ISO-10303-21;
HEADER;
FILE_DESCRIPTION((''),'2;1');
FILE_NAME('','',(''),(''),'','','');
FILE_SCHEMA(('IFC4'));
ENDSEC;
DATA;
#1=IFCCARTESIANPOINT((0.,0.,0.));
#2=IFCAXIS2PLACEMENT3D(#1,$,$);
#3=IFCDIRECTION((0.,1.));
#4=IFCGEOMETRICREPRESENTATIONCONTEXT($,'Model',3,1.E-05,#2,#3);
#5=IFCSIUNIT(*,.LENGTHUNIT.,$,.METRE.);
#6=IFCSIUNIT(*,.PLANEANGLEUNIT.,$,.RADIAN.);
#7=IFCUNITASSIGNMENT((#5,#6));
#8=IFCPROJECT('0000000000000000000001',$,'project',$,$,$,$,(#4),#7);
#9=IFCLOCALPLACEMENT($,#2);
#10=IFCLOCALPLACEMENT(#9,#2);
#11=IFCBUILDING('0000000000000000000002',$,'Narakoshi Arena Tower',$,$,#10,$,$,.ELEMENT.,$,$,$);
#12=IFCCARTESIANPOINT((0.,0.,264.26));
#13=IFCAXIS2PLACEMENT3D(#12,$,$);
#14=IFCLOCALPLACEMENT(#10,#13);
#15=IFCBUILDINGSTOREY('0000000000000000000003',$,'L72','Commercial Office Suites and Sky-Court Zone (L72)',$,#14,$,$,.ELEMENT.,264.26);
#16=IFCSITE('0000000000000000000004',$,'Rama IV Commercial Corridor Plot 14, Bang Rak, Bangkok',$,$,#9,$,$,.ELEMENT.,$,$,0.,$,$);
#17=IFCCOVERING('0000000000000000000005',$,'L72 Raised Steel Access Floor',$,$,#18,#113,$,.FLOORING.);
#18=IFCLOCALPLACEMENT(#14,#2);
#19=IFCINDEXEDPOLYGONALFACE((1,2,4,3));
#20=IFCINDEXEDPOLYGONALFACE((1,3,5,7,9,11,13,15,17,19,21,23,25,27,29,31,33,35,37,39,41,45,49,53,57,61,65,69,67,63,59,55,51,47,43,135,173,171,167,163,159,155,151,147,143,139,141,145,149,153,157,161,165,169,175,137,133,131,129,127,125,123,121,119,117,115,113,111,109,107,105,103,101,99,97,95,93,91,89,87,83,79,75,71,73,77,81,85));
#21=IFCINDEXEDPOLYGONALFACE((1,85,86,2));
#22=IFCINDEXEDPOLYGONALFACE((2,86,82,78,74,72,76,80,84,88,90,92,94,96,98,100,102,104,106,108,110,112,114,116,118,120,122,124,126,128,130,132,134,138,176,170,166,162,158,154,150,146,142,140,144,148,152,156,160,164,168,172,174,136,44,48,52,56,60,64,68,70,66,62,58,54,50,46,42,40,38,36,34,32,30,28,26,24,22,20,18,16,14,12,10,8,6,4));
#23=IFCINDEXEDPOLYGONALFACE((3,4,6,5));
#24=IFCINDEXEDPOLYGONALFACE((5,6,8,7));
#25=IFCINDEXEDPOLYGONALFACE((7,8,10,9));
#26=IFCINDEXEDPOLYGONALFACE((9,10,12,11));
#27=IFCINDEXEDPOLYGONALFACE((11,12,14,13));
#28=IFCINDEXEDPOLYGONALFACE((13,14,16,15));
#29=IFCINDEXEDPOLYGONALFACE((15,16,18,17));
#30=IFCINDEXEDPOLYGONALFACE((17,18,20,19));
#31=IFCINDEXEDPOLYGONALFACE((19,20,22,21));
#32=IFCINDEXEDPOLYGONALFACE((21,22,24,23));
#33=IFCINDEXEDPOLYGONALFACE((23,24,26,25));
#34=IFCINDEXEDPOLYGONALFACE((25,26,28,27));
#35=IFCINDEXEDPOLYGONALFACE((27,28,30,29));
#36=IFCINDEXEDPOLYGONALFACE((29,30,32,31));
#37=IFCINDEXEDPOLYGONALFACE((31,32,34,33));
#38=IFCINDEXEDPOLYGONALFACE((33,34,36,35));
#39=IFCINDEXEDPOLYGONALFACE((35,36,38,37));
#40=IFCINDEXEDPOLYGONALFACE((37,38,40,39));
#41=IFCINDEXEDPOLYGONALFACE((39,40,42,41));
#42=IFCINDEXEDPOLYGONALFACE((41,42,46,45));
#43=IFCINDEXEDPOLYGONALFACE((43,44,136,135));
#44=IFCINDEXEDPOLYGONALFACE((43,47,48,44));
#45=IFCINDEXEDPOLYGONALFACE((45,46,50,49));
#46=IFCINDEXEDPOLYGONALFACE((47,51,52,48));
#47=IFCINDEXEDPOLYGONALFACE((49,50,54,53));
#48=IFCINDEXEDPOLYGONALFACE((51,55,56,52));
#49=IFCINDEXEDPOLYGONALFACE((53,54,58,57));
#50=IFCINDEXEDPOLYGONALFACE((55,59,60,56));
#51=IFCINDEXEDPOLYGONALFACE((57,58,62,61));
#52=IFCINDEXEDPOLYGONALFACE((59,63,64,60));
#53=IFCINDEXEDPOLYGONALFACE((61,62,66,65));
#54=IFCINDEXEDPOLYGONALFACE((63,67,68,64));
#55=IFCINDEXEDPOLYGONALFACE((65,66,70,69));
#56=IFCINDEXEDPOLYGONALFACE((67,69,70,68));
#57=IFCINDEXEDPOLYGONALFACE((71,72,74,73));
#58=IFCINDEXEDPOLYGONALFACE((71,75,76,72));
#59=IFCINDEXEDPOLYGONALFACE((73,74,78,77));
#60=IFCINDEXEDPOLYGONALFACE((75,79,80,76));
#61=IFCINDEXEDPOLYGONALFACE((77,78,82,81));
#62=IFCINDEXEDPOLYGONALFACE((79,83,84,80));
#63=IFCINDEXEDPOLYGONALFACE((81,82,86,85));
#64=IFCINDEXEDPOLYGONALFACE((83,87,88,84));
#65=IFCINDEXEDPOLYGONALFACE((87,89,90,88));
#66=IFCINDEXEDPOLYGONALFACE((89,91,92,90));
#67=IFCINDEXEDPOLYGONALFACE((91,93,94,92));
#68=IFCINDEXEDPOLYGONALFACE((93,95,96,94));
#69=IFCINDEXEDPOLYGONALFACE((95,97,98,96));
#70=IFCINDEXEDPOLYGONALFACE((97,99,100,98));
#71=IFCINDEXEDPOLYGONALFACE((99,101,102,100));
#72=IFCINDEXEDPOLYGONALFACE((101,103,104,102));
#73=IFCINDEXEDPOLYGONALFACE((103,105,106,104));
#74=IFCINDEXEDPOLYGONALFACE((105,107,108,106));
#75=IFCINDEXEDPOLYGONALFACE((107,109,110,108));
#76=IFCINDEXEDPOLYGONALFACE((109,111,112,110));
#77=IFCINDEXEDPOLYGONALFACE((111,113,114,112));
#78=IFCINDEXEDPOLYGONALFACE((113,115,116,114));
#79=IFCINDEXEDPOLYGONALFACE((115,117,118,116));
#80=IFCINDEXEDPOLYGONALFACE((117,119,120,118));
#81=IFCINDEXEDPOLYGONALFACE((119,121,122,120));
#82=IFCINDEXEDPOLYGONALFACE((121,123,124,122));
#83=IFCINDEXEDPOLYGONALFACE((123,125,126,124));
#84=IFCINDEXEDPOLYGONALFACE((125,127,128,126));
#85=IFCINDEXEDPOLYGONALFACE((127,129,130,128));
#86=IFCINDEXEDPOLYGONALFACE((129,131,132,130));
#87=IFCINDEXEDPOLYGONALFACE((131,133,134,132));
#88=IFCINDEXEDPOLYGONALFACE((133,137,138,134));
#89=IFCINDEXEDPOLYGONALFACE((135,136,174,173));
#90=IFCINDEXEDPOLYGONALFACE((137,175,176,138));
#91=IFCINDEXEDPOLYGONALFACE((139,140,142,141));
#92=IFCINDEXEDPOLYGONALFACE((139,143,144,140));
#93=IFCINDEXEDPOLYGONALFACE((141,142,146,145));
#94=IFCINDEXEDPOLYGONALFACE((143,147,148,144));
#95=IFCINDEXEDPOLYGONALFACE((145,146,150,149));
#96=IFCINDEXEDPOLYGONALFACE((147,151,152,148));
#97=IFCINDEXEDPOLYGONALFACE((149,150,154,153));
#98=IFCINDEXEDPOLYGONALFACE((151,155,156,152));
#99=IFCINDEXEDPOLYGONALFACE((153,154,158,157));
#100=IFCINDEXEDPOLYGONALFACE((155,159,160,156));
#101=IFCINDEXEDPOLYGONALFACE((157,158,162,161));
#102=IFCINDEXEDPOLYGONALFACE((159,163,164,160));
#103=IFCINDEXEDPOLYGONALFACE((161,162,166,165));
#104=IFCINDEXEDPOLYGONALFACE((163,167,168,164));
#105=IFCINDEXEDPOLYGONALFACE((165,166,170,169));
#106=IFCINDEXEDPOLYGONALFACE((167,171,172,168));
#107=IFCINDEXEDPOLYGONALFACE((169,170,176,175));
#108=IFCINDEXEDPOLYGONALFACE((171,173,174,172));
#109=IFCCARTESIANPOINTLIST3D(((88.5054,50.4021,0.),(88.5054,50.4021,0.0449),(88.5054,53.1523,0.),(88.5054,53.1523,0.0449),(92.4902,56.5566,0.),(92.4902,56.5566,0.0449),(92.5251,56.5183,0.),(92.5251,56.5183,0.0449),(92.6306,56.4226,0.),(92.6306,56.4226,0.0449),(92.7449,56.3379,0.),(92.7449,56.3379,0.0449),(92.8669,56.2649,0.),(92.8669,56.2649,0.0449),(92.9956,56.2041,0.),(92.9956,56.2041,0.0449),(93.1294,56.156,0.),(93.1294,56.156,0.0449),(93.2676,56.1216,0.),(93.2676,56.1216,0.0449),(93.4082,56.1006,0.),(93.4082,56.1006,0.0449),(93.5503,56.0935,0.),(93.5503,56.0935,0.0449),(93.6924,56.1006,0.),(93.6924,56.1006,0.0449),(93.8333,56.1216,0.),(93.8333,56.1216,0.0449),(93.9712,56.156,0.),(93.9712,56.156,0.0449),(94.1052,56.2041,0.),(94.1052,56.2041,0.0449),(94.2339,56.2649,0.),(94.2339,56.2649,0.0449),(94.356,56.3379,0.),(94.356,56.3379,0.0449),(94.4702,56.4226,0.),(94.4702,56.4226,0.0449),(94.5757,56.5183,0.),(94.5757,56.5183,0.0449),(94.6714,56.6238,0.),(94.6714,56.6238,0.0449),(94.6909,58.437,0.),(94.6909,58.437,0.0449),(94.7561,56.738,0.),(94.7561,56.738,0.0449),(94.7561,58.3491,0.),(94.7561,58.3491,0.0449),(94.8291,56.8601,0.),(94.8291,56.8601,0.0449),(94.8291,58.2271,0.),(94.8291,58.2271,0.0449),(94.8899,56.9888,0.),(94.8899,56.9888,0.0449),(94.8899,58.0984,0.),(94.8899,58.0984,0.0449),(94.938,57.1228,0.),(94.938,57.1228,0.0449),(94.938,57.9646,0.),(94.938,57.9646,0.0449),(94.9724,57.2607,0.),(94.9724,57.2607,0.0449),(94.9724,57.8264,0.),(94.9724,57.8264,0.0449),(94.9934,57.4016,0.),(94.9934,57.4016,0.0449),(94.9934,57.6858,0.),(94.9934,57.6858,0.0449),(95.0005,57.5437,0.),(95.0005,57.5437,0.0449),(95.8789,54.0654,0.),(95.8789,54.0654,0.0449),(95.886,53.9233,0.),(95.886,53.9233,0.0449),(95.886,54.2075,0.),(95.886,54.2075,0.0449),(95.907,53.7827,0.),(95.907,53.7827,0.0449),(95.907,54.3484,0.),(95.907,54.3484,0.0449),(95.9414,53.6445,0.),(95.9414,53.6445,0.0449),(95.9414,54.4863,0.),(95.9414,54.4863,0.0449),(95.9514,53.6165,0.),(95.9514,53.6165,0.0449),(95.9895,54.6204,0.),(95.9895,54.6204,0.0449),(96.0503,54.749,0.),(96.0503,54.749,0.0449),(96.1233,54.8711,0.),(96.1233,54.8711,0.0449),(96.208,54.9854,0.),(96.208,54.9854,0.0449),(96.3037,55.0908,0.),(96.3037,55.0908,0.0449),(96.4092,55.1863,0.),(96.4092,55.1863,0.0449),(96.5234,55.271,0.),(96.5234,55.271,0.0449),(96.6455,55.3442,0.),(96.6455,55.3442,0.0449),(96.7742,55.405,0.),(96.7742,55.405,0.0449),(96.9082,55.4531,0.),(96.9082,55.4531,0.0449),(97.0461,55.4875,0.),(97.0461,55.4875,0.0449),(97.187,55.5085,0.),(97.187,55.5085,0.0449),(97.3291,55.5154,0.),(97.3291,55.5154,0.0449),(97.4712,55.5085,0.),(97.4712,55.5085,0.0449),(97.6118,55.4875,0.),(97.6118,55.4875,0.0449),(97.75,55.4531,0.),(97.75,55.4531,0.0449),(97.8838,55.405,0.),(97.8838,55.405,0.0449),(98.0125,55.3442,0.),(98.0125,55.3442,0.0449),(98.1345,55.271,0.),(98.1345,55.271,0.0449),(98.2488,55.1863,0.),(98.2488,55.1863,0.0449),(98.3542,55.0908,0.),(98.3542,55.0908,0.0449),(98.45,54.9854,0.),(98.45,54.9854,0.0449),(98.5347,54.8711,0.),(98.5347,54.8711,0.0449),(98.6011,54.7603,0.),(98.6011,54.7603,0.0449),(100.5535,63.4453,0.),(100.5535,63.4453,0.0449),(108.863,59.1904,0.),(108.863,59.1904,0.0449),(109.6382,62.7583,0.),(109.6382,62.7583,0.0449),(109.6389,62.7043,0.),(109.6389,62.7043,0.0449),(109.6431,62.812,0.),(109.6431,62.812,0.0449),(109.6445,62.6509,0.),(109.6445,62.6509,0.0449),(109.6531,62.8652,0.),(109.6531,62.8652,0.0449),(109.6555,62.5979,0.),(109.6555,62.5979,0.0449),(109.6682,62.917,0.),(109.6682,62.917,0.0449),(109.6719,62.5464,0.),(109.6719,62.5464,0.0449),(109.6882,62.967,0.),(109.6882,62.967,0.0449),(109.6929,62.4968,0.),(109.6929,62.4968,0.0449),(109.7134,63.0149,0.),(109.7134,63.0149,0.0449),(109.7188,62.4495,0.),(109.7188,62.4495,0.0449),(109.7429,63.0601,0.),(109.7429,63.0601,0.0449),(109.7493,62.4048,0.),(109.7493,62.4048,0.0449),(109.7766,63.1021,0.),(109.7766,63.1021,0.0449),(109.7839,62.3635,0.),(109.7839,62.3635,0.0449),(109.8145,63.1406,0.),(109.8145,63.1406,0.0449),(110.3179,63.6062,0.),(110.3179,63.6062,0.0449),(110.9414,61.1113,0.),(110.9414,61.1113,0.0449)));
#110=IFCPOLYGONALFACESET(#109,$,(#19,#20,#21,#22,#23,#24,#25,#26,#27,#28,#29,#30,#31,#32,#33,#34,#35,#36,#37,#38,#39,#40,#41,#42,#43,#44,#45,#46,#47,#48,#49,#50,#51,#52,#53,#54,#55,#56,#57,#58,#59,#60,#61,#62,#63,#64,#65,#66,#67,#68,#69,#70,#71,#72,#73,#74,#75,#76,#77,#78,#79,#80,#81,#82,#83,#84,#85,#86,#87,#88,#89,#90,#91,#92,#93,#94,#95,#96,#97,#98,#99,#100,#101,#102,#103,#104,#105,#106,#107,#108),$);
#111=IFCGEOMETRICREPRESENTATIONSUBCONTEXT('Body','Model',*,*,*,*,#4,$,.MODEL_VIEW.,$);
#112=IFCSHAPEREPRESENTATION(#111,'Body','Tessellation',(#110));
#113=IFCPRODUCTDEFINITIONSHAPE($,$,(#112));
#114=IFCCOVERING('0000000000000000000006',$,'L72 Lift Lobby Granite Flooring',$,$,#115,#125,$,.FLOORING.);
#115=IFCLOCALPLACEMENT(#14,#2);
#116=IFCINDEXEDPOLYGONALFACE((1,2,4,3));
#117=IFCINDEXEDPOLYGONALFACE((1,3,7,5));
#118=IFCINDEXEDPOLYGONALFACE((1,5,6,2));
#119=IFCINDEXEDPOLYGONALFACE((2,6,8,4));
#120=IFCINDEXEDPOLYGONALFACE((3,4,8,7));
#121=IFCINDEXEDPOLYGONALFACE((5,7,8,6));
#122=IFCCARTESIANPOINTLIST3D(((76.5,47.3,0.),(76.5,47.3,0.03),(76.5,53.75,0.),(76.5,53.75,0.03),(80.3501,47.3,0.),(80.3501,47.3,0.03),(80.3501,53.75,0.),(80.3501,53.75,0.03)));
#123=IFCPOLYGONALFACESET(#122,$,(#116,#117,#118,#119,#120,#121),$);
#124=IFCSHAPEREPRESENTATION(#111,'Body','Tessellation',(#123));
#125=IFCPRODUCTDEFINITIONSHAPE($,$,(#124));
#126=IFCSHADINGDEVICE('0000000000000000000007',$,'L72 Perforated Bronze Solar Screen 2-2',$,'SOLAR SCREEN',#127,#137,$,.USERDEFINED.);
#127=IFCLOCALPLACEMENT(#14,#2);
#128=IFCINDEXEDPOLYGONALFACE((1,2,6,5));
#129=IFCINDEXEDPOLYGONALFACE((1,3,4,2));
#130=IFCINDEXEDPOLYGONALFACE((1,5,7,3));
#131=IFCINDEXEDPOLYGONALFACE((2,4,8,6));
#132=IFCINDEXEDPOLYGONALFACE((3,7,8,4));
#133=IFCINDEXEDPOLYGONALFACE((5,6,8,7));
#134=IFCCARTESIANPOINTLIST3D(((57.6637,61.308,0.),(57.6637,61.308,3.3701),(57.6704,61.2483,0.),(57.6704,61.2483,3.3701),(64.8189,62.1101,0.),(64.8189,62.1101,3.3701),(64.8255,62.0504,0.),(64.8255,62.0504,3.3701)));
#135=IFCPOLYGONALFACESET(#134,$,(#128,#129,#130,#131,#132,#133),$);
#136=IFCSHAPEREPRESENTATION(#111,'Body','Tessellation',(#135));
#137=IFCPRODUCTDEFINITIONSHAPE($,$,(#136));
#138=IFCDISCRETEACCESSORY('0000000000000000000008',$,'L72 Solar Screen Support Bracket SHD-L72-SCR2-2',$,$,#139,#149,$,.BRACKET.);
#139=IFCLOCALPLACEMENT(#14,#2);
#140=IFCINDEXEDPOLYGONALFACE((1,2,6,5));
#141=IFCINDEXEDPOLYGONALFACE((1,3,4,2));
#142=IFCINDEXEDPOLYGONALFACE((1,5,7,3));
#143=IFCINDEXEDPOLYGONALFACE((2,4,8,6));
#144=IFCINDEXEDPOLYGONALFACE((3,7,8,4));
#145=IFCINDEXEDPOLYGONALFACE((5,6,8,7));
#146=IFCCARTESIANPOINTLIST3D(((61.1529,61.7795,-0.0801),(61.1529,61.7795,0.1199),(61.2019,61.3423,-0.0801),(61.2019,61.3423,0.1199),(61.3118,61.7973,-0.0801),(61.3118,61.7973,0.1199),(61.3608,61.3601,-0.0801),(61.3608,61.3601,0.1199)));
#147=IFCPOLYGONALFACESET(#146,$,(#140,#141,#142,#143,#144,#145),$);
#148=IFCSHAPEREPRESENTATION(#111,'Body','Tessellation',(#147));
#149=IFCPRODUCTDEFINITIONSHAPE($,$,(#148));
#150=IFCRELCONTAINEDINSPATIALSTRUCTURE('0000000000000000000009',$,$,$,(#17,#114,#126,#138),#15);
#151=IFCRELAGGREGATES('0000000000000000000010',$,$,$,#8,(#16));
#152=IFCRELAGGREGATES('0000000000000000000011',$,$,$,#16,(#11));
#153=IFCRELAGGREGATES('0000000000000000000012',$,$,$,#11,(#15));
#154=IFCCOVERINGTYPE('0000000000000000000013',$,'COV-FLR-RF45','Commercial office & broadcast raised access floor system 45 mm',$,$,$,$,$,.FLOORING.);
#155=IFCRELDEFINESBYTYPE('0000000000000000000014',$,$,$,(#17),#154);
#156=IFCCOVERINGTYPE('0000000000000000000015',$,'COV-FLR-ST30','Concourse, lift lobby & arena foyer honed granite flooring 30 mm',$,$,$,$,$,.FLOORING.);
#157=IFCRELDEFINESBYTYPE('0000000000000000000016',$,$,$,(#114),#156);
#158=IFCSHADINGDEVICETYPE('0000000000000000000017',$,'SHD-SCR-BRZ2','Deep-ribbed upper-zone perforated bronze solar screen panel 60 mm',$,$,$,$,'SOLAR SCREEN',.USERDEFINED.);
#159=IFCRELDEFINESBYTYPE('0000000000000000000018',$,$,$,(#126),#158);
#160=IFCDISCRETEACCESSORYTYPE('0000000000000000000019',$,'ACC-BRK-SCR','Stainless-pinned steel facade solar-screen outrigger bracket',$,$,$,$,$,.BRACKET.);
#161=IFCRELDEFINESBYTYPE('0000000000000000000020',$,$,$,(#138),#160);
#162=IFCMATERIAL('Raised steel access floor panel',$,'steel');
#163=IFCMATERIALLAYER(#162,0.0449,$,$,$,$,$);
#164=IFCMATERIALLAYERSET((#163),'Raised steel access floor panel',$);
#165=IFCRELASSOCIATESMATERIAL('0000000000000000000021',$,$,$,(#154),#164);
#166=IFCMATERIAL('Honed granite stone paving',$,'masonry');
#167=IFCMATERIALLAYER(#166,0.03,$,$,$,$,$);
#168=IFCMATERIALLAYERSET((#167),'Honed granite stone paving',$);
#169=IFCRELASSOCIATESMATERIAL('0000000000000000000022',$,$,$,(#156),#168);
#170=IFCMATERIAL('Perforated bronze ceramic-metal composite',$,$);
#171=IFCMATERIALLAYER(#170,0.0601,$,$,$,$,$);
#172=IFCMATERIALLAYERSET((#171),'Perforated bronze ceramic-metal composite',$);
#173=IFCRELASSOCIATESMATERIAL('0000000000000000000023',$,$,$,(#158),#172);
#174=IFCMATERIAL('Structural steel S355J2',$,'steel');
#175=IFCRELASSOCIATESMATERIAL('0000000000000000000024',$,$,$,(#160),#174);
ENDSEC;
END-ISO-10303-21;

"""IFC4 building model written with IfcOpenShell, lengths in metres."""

from ifc_helpers import new_model, si_unit, direction, frame, origin, origin_2d, place, context, subcontext, project, spatial, polyline, rectangle, outline, extrude, material, layer, layer_set, type_object, element, save


model = new_model("IFC4")

# Units and contexts
model_context = context("Model", 3, precision=1e-05, world=origin(), true_north=direction((0.0, 1.0)))
body_context = subcontext(model_context, "Body", "Model", "MODEL_VIEW")
ifc_project = project(units=[si_unit("LENGTHUNIT", "METRE"), si_unit("PLANEANGLEUNIT", "RADIAN")], contexts=[model_context])

# Site, building, storey
site_placement = place(None, origin())
site = spatial("IfcSite", under=ifc_project, at=site_placement, Name="Rama IV Commercial Corridor Plot 14, Bang Rak, Bangkok", CompositionType="ELEMENT", RefElevation=0.0)
building_placement = place(site_placement, origin())
building = spatial("IfcBuilding", under=site, at=building_placement, Name="Narakoshi Arena Tower", CompositionType="ELEMENT")
storey_placement = place(building_placement, frame((0.0, 0.0, 264.26)))
storey = spatial("IfcBuildingStorey", under=building, at=storey_placement, Name="L72", Description="Commercial Office Suites and Sky-Court Zone (L72)", CompositionType="ELEMENT", Elevation=264.26)

# Shared definitions
ifc_material_1 = material(Name="Structural steel S355J2", Category="steel")

# Coverings
ifc_material_2 = material(Name="Raised steel access floor panel", Category="steel")
ifc_layer_1 = layer(ifc_material_2, 0.0449)
ifc_layer_set_1 = layer_set([ifc_layer_1], Name="Raised steel access floor panel")
covering_type_1 = type_object("IfcCoveringType", Name="COV-FLR-RF45", Description="Commercial office & broadcast raised access floor system 45 mm", PredefinedType="FLOORING", material=ifc_layer_set_1)
covering_1_placement = place(storey_placement, origin())
element("IfcCovering", 1, at=covering_1_placement, inside=storey, type_object=covering_type_1, Name="L72 Raised Steel Access Floor", PredefinedType="FLOORING", context=body_context, shape_type="SweptSolid", body=[
    extrude(outline(polyline([(109.7766, 63.1021), (109.7429, 63.0601), (109.7134, 63.0149), (109.6882, 62.967), (109.6682, 62.917), (109.6531, 62.8652), (109.6431, 62.812), (109.6382, 62.7583), (109.6389, 62.7043), (109.6445, 62.6509), (109.6555, 62.5979), (109.6719, 62.5464), (109.6929, 62.4968), (109.7188, 62.4495), (109.7493, 62.4048), (109.7839, 62.3635), (110.9414, 61.1113), (108.863, 59.1904), (98.6011, 54.7603), (98.5347, 54.8711), (98.45, 54.9854), (98.3542, 55.0908), (98.2488, 55.1863), (98.1345, 55.271), (98.0125, 55.3442), (97.8838, 55.405), (97.75, 55.4531), (97.6118, 55.4875), (97.4712, 55.5085), (97.3291, 55.5154), (97.187, 55.5085), (97.0461, 55.4875), (96.9082, 55.4531), (96.7742, 55.405), (96.6455, 55.3442), (96.5234, 55.271), (96.4092, 55.1863), (96.3037, 55.0908), (96.208, 54.9854), (96.1233, 54.8711), (96.0503, 54.749), (95.9895, 54.6204), (95.9414, 54.4863), (95.907, 54.3484), (95.886, 54.2075), (95.8789, 54.0654), (95.886, 53.9233), (95.907, 53.7827), (95.9414, 53.6445), (95.9514, 53.6165), (88.5054, 50.4021), (88.5054, 53.1523), (92.4902, 56.5566), (92.5251, 56.5183), (92.6306, 56.4226), (92.7449, 56.3379), (92.8669, 56.2649), (92.9956, 56.2041), (93.1294, 56.156), (93.2676, 56.1216), (93.4082, 56.1006), (93.5503, 56.0935), (93.6924, 56.1006), (93.8333, 56.1216), (93.9712, 56.156), (94.1052, 56.2041), (94.2339, 56.2649), (94.356, 56.3379), (94.4702, 56.4226), (94.5757, 56.5183), (94.6714, 56.6238), (94.7561, 56.738), (94.8291, 56.8601), (94.8899, 56.9888), (94.938, 57.1228), (94.9724, 57.2607), (94.9934, 57.4016), (95.0005, 57.5437), (94.9934, 57.6858), (94.9724, 57.8264), (94.938, 57.9646), (94.8899, 58.0984), (94.8291, 58.2271), (94.7561, 58.3491), (94.6909, 58.437), (100.5535, 63.4453), (110.3179, 63.6062), (109.8145, 63.1406), (109.7766, 63.1021)])), origin(), (0.0, 0.0, 1.0), 0.0449),
])
ifc_material_3 = material(Name="Honed granite stone paving", Category="masonry")
ifc_layer_2 = layer(ifc_material_3, 0.03)
ifc_layer_set_2 = layer_set([ifc_layer_2], Name="Honed granite stone paving")
covering_type_2 = type_object("IfcCoveringType", Name="COV-FLR-ST30", Description="Concourse, lift lobby & arena foyer honed granite flooring 30 mm", PredefinedType="FLOORING", material=ifc_layer_set_2)
covering_2_placement = place(storey_placement, origin())
element("IfcCovering", 2, at=covering_2_placement, inside=storey, type_object=covering_type_2, Name="L72 Lift Lobby Granite Flooring", PredefinedType="FLOORING", context=body_context, shape_type="SweptSolid", body=[
    extrude(outline(polyline([(76.5, 47.3), (80.3501, 47.3), (80.3501, 53.75), (76.5, 53.75), (76.5, 47.3)])), origin(), (0.0, 0.0, 1.0), 0.03),
])

# Shading device
ifc_material_4 = material(Name="Perforated bronze ceramic-metal composite")
ifc_layer_3 = layer(ifc_material_4, 0.0601)
ifc_layer_set_3 = layer_set([ifc_layer_3], Name="Perforated bronze ceramic-metal composite")
shading_device_type = type_object("IfcShadingDeviceType", Name="SHD-SCR-BRZ2", Description="Deep-ribbed upper-zone perforated bronze solar screen panel 60 mm", ElementType="SOLAR SCREEN", PredefinedType="USERDEFINED", material=ifc_layer_set_3)
shading_device_placement = place(storey_placement, frame((61.2446, 61.6792, 0.0), z_axis=(0.0, 0.0, 1.0), x_axis=(-0.993776, -0.1114, 0.0)))
element("IfcShadingDevice", 3, at=shading_device_placement, inside=storey, type_object=shading_device_type, Name="L72 Perforated Bronze Solar Screen 2-2", ObjectType="SOLAR SCREEN", PredefinedType="USERDEFINED", context=body_context, shape_type="SweptSolid", body=[
    extrude(rectangle(XDim=7.2, YDim=0.0601, at=origin_2d()), origin(), (0.0, 0.0, 1.0), 3.3701),
])

# Discrete accessory
discrete_accessory_type = type_object("IfcDiscreteAccessoryType", Name="ACC-BRK-SCR", Description="Stainless-pinned steel facade solar-screen outrigger bracket", PredefinedType="BRACKET", material=ifc_material_1)
discrete_accessory_placement = place(storey_placement, frame((61.2568, 61.5698, -0.0801), z_axis=(0.0, 0.0, 1.0), x_axis=(-0.993776, -0.1114, 0.0)))
element("IfcDiscreteAccessory", 4, at=discrete_accessory_placement, inside=storey, type_object=discrete_accessory_type, Name="L72 Solar Screen Support Bracket SHD-L72-SCR2-2", PredefinedType="BRACKET", context=body_context, shape_type="SweptSolid", body=[
    extrude(rectangle(XDim=0.1599, YDim=0.4399, at=origin_2d()), origin(), (0.0, 0.0, 1.0), 0.2),
])

save(model, "model.ifc")
